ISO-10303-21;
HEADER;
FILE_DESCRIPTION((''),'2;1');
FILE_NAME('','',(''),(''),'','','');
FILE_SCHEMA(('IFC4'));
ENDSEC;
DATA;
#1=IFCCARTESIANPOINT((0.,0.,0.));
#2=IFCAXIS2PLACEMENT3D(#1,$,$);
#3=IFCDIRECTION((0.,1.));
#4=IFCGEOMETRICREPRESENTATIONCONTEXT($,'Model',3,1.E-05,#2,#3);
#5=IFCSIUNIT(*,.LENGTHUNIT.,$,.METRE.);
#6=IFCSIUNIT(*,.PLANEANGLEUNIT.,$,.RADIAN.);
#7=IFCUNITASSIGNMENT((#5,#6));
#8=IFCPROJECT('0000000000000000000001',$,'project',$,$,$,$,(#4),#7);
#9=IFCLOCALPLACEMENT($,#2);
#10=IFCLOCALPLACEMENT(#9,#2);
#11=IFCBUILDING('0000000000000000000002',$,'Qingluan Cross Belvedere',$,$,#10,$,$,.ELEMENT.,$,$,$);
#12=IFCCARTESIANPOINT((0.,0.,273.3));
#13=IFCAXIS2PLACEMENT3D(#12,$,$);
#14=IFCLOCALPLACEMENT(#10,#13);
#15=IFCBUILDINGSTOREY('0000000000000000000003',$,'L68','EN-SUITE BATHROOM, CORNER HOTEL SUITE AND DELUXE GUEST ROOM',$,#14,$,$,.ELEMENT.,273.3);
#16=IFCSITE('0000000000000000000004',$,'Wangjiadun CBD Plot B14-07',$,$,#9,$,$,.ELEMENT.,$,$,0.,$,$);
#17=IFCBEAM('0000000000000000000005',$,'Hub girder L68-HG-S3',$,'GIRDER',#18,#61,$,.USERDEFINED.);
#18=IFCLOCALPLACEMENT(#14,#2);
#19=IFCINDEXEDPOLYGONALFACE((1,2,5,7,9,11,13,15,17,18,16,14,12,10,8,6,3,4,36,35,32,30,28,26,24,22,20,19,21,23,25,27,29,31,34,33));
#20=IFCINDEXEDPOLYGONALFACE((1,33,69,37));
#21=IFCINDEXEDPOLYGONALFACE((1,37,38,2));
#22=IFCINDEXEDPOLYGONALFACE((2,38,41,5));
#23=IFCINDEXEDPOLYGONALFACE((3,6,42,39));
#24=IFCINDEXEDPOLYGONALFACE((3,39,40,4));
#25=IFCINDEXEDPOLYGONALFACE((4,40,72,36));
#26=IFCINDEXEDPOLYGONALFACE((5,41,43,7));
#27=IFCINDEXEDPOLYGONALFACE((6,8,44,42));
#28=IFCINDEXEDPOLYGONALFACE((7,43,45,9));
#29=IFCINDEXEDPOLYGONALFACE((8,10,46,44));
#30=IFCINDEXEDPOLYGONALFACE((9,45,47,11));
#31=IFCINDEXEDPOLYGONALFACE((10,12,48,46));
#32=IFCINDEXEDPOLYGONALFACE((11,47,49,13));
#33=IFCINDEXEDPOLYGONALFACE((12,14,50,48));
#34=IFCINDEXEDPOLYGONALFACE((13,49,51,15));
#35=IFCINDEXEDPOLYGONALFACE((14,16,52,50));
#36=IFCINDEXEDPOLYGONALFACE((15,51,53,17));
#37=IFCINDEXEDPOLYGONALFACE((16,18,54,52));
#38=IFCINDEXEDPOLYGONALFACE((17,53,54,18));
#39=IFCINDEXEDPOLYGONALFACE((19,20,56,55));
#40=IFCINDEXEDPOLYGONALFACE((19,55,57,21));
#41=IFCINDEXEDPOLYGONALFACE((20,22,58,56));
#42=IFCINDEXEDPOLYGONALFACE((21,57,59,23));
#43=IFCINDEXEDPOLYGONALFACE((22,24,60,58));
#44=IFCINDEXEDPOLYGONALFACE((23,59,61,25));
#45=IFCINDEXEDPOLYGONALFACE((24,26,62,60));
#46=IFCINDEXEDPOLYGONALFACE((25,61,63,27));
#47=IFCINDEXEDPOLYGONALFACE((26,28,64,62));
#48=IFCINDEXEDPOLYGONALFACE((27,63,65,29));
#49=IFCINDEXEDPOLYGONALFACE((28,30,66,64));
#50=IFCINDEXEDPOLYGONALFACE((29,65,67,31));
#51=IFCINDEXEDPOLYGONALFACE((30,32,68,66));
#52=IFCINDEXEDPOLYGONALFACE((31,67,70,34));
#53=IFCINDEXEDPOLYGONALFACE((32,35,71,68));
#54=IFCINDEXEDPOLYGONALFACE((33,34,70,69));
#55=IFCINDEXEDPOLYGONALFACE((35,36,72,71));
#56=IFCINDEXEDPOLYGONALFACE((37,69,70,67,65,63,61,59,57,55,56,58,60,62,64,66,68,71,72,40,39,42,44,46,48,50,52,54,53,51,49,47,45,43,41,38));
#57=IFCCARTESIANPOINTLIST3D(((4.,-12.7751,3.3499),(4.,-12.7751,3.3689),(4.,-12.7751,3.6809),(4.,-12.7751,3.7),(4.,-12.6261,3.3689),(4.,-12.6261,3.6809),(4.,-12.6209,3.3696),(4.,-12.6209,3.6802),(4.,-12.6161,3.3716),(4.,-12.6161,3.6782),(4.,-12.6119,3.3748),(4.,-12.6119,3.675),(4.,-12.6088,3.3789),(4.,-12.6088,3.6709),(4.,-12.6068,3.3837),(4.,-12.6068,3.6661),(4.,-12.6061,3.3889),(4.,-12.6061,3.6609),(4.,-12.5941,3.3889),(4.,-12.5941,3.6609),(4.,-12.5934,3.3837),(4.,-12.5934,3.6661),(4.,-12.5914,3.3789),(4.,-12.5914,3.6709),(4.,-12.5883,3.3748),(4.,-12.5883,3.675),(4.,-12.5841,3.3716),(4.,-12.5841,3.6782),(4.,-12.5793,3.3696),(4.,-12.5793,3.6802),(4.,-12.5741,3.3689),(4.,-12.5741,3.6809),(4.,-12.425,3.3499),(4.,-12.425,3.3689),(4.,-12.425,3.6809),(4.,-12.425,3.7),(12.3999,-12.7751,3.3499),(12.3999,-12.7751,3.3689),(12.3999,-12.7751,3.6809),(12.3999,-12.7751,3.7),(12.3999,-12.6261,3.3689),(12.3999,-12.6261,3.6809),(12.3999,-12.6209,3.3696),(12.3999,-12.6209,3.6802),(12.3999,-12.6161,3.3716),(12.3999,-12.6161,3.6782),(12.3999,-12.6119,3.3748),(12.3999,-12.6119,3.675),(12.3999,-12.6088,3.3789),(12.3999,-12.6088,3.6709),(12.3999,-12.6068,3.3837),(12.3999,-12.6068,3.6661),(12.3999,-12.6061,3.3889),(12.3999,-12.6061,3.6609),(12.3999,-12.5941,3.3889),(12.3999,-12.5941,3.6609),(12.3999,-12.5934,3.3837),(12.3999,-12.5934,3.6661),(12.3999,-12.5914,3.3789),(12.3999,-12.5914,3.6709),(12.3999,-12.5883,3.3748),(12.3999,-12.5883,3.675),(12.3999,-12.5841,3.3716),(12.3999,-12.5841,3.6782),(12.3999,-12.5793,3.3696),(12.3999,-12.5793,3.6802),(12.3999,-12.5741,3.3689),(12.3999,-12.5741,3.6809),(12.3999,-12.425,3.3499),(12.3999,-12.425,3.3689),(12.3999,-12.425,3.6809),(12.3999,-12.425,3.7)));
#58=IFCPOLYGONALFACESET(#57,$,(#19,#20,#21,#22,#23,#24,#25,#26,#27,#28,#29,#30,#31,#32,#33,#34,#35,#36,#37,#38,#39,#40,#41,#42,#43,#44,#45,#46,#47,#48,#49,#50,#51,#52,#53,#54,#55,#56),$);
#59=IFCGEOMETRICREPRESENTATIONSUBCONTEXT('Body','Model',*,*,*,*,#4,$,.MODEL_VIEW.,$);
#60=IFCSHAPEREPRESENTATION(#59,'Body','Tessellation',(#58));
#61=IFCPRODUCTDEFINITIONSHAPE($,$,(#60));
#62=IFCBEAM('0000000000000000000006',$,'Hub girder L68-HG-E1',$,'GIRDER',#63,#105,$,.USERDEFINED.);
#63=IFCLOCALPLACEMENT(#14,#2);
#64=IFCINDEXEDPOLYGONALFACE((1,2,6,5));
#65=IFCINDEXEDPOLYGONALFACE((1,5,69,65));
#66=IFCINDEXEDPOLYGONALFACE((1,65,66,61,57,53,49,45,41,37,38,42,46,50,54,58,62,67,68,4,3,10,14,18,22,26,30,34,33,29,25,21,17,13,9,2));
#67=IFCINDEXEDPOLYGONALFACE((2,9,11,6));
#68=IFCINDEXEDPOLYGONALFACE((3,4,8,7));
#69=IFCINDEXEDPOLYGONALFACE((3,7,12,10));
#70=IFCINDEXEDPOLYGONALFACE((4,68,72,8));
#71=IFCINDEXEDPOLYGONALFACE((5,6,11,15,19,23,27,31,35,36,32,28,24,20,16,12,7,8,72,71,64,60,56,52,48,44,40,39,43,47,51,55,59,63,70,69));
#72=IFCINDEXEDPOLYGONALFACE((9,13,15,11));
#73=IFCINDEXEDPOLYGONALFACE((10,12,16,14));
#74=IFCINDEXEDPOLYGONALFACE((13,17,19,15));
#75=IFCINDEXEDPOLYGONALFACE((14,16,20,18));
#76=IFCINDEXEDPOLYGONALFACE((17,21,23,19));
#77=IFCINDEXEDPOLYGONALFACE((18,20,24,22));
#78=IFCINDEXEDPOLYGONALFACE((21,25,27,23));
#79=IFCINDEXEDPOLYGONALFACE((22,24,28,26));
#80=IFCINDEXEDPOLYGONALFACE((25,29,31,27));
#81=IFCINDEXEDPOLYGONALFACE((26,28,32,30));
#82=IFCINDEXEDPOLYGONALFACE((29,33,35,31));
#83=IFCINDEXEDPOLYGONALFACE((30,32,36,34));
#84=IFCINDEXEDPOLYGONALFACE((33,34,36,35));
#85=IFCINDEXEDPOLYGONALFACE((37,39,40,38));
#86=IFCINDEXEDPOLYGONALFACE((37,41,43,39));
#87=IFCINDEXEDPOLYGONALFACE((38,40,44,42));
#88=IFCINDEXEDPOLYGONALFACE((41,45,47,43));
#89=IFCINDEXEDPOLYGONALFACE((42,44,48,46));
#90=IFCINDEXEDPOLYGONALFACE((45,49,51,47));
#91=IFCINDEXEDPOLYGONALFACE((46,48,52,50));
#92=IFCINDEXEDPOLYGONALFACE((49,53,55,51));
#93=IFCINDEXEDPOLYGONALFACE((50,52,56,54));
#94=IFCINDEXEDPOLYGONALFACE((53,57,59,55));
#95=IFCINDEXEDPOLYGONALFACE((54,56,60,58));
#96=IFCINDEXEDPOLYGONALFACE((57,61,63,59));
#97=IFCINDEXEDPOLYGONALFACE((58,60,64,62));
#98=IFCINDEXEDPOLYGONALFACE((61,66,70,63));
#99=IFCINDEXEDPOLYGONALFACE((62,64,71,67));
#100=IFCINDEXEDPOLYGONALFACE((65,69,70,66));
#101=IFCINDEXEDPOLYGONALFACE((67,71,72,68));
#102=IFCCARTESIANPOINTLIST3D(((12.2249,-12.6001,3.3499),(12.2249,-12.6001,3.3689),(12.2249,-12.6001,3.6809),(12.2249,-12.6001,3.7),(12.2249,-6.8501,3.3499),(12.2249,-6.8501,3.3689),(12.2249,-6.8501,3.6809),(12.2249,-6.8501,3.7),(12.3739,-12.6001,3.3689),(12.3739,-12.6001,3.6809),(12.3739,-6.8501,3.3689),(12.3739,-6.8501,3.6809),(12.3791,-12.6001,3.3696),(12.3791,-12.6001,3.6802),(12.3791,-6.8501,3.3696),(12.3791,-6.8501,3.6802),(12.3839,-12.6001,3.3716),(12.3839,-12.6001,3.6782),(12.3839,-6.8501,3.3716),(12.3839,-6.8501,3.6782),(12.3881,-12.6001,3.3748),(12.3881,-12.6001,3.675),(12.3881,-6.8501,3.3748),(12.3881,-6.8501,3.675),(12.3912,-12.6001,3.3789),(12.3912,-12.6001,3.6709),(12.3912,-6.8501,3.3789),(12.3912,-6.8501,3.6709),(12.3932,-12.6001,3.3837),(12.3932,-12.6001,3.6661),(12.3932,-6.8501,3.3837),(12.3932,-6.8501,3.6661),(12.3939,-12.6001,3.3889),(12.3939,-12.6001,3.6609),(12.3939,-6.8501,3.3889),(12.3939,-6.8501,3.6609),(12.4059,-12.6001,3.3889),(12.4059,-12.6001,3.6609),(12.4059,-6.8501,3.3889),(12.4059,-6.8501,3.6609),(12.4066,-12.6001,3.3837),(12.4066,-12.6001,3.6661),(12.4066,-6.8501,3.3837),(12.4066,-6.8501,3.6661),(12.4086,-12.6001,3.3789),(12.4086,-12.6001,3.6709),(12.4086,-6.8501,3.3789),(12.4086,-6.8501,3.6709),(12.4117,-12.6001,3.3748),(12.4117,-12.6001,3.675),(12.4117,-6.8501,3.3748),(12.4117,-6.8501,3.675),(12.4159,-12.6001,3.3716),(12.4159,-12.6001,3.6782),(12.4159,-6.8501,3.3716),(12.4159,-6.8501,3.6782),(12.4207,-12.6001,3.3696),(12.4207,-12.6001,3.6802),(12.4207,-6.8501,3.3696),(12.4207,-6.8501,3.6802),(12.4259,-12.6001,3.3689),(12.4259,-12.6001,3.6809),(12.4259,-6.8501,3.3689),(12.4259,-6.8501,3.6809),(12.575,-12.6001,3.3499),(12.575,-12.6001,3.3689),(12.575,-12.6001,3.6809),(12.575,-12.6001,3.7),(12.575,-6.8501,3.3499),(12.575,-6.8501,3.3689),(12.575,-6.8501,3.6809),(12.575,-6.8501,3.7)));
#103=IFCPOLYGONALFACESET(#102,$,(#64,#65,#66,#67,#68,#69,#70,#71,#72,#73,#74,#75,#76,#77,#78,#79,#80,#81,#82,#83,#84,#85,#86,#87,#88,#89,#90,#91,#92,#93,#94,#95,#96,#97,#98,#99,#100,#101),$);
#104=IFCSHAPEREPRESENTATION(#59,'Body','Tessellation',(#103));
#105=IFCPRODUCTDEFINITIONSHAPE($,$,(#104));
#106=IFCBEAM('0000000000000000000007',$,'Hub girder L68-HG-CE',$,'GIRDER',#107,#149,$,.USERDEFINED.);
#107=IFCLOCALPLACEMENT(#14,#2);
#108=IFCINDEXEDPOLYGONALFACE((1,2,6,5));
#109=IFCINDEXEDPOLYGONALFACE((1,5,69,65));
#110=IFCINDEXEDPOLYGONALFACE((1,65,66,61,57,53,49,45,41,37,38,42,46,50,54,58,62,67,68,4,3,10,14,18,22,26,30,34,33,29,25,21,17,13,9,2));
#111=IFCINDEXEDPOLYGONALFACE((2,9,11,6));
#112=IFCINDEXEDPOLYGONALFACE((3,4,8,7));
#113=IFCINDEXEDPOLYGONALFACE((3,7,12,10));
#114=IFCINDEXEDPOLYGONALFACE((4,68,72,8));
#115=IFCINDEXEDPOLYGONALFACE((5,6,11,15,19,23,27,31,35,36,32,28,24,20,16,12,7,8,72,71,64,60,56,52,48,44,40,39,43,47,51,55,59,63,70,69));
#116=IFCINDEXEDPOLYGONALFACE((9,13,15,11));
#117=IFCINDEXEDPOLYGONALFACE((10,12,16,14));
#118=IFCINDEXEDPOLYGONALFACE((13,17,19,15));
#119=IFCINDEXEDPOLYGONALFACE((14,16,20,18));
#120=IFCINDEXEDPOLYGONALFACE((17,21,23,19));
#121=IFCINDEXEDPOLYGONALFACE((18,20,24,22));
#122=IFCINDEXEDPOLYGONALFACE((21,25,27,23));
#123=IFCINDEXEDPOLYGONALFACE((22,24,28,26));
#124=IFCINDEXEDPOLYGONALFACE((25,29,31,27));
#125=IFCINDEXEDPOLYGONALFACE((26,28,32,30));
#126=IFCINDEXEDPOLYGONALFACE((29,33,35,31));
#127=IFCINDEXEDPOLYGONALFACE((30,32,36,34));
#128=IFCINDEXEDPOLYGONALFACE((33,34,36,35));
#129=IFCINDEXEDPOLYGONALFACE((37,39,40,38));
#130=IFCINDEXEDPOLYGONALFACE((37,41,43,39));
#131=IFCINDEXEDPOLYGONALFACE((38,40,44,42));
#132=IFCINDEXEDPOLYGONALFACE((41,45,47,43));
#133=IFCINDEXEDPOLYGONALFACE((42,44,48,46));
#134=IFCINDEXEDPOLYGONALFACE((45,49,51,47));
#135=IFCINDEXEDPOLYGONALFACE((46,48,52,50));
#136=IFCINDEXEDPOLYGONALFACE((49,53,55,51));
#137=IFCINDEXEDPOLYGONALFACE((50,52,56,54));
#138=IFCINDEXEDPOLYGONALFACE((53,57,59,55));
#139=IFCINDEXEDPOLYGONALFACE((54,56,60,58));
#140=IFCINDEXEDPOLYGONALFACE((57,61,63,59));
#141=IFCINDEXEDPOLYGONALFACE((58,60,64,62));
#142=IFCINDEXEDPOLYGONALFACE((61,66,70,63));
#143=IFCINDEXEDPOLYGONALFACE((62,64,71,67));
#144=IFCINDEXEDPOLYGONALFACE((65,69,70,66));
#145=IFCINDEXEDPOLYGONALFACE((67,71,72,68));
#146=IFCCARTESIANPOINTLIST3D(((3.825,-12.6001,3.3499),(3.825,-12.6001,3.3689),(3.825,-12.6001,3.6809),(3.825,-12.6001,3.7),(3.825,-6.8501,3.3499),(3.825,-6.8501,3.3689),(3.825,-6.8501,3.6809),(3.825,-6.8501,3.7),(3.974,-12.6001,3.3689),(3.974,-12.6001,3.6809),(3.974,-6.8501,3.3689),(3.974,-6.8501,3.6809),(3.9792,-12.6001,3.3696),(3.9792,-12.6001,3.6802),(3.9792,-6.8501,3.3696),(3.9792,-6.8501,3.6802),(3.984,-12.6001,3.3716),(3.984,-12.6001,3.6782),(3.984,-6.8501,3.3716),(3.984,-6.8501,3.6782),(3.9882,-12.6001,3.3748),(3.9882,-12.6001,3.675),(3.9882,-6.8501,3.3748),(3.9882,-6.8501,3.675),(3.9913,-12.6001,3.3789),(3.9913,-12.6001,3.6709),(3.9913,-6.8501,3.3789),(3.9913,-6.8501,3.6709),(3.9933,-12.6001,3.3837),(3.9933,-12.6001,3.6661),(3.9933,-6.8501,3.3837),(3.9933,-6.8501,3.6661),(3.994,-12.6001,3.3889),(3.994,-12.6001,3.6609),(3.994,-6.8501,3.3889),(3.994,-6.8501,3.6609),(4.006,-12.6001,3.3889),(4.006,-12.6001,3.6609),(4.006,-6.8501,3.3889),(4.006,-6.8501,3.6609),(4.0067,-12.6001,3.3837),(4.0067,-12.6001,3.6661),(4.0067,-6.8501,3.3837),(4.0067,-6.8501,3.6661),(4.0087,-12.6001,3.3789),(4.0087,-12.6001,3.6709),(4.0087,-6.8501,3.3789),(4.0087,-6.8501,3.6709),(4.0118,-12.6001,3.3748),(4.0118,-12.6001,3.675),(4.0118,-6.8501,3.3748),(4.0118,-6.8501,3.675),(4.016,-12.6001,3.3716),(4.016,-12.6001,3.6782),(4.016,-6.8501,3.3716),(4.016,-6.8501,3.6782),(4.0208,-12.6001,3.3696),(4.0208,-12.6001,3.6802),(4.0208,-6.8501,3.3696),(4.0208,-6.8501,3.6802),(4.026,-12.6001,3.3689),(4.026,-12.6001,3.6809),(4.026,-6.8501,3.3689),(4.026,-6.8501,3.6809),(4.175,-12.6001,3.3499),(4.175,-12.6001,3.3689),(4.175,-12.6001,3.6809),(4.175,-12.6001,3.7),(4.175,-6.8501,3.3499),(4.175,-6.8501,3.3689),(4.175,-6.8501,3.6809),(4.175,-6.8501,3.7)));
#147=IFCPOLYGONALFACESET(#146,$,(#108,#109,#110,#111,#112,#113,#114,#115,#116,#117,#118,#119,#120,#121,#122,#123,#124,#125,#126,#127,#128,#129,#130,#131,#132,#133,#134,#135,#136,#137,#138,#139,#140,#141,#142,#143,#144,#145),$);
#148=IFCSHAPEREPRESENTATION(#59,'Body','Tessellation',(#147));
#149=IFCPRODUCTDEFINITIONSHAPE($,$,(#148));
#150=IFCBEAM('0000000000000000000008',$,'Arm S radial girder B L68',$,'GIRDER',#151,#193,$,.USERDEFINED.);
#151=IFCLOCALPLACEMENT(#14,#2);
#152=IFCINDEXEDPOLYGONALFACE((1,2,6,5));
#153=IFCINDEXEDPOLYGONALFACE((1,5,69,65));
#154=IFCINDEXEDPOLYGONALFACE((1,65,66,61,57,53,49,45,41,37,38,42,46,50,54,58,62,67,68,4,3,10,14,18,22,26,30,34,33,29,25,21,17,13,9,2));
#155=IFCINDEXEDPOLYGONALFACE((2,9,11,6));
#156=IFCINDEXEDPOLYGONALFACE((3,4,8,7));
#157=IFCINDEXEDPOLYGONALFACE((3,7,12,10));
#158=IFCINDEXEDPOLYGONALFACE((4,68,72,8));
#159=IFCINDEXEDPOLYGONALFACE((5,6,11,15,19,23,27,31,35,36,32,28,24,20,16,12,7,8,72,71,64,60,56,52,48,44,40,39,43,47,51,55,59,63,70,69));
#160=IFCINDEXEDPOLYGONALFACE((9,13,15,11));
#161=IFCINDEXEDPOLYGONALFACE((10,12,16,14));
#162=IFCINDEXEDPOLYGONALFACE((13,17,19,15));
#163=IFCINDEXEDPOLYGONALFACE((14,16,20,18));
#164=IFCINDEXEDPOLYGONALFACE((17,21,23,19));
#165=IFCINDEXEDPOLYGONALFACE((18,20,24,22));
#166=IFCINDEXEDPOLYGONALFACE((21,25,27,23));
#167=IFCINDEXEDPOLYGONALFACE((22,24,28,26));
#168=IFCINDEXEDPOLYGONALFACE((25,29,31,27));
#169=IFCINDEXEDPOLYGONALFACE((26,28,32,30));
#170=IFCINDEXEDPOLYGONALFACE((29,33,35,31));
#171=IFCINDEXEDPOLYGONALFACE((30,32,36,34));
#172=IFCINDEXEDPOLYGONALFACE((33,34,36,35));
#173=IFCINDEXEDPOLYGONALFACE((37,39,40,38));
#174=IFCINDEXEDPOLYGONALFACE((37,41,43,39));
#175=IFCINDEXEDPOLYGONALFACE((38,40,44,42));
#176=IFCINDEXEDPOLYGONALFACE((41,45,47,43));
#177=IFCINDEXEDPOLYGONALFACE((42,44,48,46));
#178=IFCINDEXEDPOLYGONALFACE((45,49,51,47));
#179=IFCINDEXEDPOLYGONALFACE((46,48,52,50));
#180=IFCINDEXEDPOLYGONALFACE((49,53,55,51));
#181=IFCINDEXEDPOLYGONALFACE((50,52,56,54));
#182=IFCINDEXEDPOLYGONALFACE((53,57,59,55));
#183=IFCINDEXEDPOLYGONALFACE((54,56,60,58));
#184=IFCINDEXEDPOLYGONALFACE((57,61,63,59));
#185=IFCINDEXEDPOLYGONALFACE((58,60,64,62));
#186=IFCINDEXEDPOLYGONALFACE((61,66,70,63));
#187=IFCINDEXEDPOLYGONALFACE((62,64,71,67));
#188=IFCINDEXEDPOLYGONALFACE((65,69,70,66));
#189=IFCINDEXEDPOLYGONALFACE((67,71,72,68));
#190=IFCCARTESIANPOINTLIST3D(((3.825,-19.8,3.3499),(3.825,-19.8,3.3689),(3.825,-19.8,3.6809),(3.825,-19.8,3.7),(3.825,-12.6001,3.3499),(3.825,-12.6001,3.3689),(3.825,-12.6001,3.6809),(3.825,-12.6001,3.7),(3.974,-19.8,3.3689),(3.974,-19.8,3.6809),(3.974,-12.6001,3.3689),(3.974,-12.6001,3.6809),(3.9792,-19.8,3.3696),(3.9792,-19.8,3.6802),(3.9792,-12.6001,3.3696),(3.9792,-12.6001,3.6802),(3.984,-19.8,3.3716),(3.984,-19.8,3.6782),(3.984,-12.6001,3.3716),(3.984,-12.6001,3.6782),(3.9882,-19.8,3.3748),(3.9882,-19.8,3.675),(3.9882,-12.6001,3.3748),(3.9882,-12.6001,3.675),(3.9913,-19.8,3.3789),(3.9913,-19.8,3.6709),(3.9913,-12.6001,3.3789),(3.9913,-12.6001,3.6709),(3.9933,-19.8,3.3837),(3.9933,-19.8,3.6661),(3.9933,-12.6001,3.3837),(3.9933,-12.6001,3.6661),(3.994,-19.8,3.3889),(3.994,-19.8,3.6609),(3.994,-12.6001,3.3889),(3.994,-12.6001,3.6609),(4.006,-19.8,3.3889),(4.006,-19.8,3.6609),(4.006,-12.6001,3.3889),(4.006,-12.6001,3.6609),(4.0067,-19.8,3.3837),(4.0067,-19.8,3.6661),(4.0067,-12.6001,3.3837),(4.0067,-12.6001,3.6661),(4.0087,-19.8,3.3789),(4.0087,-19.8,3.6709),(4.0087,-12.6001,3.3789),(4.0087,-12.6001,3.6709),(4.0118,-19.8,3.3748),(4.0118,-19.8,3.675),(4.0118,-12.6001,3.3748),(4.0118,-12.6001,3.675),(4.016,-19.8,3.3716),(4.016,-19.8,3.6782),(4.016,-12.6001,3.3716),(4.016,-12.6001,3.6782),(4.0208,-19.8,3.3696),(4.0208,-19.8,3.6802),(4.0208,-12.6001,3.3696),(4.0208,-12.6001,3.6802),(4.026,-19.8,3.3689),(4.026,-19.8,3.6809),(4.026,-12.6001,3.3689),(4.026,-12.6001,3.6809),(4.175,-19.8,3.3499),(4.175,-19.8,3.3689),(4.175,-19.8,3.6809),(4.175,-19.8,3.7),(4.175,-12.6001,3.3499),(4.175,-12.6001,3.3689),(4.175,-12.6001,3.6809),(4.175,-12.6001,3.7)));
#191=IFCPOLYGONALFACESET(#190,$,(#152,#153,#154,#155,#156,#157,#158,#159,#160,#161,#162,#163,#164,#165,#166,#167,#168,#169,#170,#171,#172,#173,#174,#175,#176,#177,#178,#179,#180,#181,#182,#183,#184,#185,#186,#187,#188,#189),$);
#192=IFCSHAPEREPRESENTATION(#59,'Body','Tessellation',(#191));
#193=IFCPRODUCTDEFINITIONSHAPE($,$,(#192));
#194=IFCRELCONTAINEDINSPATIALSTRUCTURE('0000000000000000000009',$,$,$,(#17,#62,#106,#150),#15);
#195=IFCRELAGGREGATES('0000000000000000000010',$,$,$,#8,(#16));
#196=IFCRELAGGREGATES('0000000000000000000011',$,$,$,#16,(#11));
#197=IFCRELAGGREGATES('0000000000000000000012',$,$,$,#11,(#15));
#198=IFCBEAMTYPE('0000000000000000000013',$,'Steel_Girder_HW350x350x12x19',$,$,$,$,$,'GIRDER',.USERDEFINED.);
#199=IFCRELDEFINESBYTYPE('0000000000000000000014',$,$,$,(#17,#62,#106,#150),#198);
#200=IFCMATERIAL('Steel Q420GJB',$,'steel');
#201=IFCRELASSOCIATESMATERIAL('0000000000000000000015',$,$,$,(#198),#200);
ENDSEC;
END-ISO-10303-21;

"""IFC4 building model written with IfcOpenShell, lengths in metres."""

from ifc_helpers import new_model, si_unit, direction, frame, origin, origin_2d, place, context, subcontext, project, spatial, i_section, extrude, material, material_profile, profile_set, type_object, element, save


model = new_model("IFC4")

# Units and contexts
model_context = context("Model", 3, precision=1e-05, world=origin(), true_north=direction((0.0, 1.0)))
body_context = subcontext(model_context, "Body", "Model", "MODEL_VIEW")
ifc_project = project(units=[si_unit("LENGTHUNIT", "METRE"), si_unit("PLANEANGLEUNIT", "RADIAN")], contexts=[model_context])

# Site, building, storey
site_placement = place(None, origin())
site = spatial("IfcSite", under=ifc_project, at=site_placement, Name="Wangjiadun CBD Plot B14-07", CompositionType="ELEMENT", RefElevation=0.0)
building_placement = place(site_placement, origin())
building = spatial("IfcBuilding", under=site, at=building_placement, Name="Qingluan Cross Belvedere", CompositionType="ELEMENT")
storey_placement = place(building_placement, frame((0.0, 0.0, 273.3)))
storey = spatial("IfcBuildingStorey", under=building, at=storey_placement, Name="L68", Description="EN-SUITE BATHROOM, CORNER HOTEL SUITE AND DELUXE GUEST ROOM", CompositionType="ELEMENT", Elevation=273.3)

# Beams
ifc_material_1 = material(Name="Steel Q420GJB", Category="steel")
ifc_material_profile_1 = material_profile(ifc_material_1, i_section(OverallWidth=0.3501, OverallDepth=0.3501, WebThickness=0.012, FlangeThickness=0.019, FilletRadius=0.02, at=origin_2d()), Name="HW350x350x12x19")
ifc_profile_set_1 = profile_set([ifc_material_profile_1], Name="Steel Q420GJB")
beam_type_1 = type_object("IfcBeamType", Name="Steel_Girder_HW350x350x12x19", ElementType="GIRDER", PredefinedType="USERDEFINED", material=ifc_profile_set_1)
beam_1_placement = place(storey_placement, frame((4.0, -12.6001, 3.5249), z_axis=(1.0, 0.0, 0.0), x_axis=(0.0, 1.0, 0.0)))
element("IfcBeam", 1, at=beam_1_placement, inside=storey, type_object=beam_type_1, Name="Hub girder L68-HG-S3", ObjectType="GIRDER", PredefinedType="USERDEFINED", context=body_context, shape_type="SweptSolid", body=[
    extrude(i_section(OverallWidth=0.3501, OverallDepth=0.3501, WebThickness=0.012, FlangeThickness=0.019, FilletRadius=0.02, at=origin_2d()), origin(), (0.0, 0.0, 1.0), 8.3999),
])
for number, where, z_axis, x_axis, name in (
    (2, (12.3999, -12.6001, 3.5249), (0.0, 1.0, 0.0), (-1.0, 0.0, 0.0), "Hub girder L68-HG-E1"),
    (3, (4.0, -12.6001, 3.5249), (0.0, 1.0, 0.0), (-1.0, 0.0, 0.0), "Hub girder L68-HG-CE"),
):
    element("IfcBeam", number, at=place(storey_placement, frame(where, z_axis=z_axis, x_axis=x_axis)), inside=storey, type_object=beam_type_1, Name=name, ObjectType="GIRDER", PredefinedType="USERDEFINED", context=body_context, shape_type="SweptSolid", body=[
        extrude(i_section(OverallWidth=0.3501, OverallDepth=0.3501, WebThickness=0.012, FlangeThickness=0.019, FilletRadius=0.02, at=origin_2d()), origin(), (0.0, 0.0, 1.0), 5.75),
    ])
beam_2_placement = place(storey_placement, frame((4.0, -12.6001, 3.5249), z_axis=(0.0, -1.0, 0.0), x_axis=(1.0, 0.0, 0.0)))
element("IfcBeam", 4, at=beam_2_placement, inside=storey, type_object=beam_type_1, Name="Arm S radial girder B L68", ObjectType="GIRDER", PredefinedType="USERDEFINED", context=body_context, shape_type="SweptSolid", body=[
    extrude(i_section(OverallWidth=0.3501, OverallDepth=0.3501, WebThickness=0.012, FlangeThickness=0.019, FilletRadius=0.02, at=origin_2d()), origin(), (0.0, 0.0, 1.0), 7.2),
])

save(model, "model.ifc")
